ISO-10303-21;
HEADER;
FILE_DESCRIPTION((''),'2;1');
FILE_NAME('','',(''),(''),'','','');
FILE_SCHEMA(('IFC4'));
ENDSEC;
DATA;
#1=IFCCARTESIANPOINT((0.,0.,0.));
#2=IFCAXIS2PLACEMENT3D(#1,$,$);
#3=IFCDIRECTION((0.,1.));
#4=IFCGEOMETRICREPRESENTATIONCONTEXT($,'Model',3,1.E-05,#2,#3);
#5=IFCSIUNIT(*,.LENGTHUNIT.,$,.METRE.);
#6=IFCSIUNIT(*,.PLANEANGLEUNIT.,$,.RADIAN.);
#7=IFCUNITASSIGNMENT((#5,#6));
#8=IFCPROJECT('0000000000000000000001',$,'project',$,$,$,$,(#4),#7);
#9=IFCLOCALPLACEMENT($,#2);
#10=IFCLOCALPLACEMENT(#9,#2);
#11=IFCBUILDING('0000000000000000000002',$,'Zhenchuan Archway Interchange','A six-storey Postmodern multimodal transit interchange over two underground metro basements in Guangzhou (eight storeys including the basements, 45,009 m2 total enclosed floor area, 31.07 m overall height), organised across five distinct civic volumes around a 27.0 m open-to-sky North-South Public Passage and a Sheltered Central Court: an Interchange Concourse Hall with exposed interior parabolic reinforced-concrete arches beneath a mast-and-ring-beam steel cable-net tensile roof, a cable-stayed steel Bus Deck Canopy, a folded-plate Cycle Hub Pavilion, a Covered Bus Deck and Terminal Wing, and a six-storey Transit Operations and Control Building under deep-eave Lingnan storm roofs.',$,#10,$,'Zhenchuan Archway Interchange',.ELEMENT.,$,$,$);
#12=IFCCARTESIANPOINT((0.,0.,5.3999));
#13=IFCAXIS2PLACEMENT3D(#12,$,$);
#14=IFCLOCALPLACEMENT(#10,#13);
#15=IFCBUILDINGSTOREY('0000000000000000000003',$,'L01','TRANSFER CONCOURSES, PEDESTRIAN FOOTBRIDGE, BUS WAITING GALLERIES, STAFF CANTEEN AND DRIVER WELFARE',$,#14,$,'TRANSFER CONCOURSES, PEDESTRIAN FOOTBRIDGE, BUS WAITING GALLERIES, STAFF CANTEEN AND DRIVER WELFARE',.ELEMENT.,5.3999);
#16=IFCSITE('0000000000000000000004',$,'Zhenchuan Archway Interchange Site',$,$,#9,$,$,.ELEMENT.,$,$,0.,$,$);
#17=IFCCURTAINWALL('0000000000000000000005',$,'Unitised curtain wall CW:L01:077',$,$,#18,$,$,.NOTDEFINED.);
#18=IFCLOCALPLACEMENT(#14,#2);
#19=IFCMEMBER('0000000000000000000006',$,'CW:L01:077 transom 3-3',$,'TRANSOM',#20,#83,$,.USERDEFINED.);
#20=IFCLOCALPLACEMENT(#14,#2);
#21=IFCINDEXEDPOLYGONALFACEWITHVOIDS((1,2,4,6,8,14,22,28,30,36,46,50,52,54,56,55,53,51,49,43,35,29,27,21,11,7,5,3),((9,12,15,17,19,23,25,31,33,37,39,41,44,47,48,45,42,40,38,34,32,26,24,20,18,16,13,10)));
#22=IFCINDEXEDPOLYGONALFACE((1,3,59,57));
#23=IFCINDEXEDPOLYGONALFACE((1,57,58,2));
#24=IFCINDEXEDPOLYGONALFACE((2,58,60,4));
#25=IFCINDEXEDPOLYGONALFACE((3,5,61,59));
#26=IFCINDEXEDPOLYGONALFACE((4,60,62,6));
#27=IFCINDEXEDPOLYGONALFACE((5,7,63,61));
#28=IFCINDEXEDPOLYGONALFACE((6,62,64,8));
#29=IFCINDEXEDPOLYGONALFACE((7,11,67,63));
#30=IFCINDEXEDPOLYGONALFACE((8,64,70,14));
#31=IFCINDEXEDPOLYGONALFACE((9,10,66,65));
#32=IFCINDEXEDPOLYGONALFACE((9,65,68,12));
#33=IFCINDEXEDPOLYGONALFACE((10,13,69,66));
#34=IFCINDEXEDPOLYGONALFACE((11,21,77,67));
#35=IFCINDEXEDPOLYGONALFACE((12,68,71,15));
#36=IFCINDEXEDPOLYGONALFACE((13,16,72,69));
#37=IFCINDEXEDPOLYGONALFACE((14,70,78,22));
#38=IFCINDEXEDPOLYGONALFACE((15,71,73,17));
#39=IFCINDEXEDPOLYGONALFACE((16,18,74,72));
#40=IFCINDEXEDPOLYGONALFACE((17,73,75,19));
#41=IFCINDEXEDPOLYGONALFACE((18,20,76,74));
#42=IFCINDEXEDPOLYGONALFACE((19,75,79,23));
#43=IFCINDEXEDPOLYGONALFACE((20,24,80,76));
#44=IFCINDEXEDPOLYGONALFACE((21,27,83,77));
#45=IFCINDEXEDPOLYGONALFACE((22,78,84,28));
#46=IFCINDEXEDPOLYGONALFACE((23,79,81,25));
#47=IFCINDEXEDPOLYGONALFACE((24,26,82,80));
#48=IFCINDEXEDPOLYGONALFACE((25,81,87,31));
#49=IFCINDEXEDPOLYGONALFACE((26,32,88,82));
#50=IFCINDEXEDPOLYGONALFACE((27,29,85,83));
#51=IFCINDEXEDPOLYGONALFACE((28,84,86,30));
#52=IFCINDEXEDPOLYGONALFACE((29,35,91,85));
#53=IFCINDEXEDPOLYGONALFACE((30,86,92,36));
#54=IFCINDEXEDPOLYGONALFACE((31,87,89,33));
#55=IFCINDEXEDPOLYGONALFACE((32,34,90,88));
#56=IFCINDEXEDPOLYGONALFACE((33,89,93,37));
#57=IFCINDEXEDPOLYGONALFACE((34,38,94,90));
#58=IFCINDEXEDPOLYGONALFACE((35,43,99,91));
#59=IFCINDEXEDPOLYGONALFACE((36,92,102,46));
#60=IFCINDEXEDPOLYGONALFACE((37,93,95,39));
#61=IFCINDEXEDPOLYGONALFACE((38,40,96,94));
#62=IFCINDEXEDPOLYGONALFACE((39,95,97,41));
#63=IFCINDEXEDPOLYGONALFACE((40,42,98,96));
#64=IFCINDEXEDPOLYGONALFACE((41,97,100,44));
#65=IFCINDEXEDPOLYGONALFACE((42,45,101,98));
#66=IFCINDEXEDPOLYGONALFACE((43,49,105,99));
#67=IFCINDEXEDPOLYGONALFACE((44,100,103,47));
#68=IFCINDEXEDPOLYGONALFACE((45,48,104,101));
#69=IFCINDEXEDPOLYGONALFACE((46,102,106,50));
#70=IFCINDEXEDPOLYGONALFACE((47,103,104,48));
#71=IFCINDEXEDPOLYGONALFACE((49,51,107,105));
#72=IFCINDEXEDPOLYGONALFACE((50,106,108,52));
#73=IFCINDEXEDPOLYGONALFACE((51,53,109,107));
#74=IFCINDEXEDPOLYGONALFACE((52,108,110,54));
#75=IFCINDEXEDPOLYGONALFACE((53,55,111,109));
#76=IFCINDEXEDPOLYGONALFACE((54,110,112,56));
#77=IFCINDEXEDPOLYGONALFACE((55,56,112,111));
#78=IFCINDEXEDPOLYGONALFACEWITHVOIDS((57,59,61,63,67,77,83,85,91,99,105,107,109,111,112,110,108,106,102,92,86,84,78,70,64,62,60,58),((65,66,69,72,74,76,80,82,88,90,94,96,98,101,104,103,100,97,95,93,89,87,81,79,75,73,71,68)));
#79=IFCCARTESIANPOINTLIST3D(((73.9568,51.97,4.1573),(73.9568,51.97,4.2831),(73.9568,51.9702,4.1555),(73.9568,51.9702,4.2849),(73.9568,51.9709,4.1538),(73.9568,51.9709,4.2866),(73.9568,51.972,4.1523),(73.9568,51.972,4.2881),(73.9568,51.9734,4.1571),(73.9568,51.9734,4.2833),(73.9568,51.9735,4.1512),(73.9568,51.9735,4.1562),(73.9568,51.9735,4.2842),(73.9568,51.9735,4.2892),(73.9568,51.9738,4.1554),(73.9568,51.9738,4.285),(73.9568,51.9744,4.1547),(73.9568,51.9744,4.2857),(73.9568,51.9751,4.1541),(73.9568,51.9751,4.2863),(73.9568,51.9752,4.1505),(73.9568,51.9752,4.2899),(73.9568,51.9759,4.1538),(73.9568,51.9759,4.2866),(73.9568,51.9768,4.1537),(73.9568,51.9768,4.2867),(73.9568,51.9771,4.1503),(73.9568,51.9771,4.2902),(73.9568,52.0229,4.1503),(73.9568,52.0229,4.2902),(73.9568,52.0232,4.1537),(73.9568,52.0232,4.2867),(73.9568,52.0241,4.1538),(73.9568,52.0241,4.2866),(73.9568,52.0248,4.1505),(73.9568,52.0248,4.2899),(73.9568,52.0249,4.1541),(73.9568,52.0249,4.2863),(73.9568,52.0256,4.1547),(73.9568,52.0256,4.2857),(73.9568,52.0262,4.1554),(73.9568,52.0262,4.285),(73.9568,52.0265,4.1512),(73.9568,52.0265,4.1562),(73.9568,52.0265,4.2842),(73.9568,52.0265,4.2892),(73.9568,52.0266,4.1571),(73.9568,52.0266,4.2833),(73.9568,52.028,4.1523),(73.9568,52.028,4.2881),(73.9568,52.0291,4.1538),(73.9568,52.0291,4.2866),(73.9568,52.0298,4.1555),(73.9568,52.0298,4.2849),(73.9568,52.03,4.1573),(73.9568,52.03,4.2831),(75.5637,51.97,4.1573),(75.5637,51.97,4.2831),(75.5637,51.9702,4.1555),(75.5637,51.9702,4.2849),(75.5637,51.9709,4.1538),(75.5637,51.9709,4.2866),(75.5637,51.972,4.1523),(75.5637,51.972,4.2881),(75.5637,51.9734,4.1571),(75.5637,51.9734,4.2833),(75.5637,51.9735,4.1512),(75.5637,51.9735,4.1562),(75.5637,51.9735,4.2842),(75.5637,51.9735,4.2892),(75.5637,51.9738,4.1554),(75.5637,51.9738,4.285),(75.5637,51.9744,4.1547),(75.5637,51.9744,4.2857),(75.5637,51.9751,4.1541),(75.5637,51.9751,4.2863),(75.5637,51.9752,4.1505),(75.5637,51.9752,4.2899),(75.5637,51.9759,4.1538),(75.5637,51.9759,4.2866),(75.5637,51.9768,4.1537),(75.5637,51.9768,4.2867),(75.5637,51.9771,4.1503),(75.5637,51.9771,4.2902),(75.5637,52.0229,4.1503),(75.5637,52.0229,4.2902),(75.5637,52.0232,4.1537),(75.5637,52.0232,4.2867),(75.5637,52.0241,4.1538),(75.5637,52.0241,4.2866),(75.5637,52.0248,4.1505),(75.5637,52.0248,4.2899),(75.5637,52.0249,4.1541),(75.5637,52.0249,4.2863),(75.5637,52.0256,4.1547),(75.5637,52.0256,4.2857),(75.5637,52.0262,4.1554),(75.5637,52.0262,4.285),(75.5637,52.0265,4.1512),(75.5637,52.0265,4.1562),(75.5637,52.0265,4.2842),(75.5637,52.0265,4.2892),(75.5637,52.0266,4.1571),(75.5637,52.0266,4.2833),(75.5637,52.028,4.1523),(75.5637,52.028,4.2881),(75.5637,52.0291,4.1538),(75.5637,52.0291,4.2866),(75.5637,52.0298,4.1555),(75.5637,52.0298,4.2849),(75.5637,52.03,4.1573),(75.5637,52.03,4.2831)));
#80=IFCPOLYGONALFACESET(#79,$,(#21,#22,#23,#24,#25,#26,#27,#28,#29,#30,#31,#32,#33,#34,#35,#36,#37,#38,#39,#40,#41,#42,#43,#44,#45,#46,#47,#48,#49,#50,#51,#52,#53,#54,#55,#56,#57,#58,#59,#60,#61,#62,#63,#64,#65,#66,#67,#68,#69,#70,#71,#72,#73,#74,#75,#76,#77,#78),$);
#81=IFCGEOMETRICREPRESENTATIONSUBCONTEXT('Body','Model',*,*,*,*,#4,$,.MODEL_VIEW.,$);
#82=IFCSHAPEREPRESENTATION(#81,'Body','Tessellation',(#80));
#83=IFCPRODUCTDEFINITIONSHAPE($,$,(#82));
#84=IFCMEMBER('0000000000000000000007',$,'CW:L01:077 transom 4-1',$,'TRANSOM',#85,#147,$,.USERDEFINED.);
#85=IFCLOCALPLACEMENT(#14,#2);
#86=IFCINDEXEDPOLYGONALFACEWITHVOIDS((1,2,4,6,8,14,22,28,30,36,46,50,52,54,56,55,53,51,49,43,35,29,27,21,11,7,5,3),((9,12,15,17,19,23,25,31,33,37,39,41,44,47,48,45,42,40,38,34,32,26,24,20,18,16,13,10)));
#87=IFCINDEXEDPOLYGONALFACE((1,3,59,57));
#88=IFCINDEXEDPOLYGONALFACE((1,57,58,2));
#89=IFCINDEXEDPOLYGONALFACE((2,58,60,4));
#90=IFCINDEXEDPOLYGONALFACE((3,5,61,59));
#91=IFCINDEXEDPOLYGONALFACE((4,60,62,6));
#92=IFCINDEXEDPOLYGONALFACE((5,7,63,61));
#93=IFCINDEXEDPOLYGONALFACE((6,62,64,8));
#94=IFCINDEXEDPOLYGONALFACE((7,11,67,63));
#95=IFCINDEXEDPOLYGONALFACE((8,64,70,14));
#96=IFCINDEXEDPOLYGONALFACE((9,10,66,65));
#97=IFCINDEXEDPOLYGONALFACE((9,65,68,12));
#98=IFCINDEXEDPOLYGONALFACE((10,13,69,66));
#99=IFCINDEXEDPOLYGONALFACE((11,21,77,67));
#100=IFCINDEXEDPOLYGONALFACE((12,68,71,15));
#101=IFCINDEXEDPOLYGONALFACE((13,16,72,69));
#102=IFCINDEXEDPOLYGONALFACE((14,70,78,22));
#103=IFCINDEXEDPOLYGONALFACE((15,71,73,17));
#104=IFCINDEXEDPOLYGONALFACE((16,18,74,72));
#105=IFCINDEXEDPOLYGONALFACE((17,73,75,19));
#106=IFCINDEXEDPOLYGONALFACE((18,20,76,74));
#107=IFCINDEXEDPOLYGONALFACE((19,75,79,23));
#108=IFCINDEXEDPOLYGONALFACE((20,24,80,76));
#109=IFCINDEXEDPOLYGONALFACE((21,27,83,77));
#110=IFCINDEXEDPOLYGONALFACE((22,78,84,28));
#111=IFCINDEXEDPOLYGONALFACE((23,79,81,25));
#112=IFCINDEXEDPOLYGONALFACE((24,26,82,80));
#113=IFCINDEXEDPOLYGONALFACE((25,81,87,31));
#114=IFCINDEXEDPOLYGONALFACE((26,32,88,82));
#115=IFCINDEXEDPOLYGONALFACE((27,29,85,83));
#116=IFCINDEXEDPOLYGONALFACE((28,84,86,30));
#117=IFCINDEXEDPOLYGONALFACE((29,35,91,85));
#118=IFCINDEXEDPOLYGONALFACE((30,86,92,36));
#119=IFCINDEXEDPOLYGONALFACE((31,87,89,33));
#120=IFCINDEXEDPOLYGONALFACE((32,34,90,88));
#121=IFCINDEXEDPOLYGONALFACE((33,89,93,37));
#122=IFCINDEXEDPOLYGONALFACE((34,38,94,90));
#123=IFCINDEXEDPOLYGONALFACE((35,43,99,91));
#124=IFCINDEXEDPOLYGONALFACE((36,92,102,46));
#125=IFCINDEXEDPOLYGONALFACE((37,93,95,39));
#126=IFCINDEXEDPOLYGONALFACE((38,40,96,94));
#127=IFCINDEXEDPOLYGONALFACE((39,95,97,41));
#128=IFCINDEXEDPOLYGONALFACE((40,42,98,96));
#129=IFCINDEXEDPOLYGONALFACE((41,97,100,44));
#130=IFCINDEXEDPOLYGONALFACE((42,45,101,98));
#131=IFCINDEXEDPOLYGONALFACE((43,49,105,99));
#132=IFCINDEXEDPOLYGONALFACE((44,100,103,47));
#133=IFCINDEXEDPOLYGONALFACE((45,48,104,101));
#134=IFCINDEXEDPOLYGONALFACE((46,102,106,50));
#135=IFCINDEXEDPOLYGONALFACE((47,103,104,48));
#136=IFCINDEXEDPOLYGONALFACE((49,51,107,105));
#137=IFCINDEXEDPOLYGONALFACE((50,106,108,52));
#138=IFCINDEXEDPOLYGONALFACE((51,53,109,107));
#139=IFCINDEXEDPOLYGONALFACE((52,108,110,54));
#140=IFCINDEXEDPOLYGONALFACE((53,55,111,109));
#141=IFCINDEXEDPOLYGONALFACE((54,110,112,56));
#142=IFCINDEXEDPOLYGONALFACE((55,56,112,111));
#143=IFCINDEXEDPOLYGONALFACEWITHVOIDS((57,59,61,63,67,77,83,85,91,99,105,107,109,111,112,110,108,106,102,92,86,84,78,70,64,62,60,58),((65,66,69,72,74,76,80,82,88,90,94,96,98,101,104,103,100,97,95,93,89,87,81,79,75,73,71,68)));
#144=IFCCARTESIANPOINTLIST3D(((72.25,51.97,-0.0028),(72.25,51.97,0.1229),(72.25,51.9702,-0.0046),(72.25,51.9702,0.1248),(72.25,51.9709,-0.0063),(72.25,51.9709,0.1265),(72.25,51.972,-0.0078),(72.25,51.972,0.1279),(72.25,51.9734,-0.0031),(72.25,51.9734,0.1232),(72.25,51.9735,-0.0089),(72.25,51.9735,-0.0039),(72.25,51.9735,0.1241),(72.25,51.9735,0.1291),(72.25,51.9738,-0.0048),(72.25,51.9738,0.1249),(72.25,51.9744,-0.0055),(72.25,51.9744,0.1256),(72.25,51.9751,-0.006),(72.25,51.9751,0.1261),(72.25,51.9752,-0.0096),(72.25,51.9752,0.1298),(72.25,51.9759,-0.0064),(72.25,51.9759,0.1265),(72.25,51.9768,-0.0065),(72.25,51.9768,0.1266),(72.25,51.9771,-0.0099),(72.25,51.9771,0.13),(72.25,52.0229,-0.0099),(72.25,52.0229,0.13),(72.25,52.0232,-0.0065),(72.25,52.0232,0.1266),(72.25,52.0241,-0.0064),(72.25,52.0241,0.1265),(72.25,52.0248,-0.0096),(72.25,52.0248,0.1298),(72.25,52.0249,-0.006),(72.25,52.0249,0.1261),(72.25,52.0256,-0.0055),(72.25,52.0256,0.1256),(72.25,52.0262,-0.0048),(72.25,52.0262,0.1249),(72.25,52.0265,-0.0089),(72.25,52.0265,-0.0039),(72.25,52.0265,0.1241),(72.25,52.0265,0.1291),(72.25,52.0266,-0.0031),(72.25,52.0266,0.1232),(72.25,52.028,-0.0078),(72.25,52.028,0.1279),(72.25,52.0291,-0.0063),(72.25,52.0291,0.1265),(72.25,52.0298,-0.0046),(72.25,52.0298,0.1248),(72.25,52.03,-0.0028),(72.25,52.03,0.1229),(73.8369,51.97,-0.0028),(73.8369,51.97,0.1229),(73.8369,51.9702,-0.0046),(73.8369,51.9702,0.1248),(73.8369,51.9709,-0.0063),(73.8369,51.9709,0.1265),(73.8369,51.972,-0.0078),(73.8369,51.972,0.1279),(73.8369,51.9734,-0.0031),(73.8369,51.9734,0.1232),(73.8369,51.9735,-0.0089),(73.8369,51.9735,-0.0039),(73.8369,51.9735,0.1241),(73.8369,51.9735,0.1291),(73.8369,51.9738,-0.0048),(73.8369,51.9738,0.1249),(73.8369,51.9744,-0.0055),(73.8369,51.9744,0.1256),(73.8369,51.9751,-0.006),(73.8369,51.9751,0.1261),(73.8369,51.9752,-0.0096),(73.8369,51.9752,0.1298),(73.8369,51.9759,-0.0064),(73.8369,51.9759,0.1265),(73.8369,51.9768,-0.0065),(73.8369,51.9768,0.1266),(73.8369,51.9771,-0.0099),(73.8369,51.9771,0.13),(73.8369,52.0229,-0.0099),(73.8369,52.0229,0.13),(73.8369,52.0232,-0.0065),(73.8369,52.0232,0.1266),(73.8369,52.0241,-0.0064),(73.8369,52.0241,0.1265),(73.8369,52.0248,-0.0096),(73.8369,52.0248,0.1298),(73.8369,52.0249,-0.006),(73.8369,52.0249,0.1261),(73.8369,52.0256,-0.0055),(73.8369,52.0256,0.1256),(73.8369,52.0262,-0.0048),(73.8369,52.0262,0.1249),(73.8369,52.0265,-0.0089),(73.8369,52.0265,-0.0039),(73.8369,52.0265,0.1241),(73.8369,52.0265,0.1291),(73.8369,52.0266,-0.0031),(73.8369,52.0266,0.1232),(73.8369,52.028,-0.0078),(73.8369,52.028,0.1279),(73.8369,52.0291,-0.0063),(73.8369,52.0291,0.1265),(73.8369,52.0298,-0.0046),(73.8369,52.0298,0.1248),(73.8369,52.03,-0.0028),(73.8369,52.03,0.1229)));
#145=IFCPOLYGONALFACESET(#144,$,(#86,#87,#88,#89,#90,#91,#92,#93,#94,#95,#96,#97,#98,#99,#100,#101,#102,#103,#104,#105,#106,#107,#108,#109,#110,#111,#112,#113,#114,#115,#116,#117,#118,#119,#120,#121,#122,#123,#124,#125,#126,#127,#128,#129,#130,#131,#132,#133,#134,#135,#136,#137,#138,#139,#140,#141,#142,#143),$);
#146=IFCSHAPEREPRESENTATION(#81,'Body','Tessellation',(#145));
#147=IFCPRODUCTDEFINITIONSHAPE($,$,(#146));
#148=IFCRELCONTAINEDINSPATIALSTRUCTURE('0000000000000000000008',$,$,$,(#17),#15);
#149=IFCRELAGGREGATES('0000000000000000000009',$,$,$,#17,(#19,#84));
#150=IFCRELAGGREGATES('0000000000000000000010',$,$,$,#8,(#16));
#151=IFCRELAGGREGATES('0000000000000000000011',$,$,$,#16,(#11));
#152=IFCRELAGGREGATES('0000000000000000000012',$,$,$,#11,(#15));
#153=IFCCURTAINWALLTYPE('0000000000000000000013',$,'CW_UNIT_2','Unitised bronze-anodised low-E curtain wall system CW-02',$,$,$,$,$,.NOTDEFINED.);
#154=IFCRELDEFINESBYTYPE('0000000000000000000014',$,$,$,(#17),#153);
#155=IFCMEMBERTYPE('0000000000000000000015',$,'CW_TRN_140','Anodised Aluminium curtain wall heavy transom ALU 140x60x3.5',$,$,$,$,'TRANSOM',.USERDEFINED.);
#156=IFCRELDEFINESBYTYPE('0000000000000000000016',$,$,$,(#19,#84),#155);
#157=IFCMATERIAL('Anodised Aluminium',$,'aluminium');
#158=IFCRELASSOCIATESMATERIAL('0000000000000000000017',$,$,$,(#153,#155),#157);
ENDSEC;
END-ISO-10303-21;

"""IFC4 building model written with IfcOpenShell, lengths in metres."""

from ifc_helpers import new_model, si_unit, direction, frame, origin, origin_2d, place, context, subcontext, project, spatial, hollow_rectangle, extrude, material, material_profile, profile_set, type_object, element, aggregate, save


model = new_model("IFC4")

# Units and contexts
model_context = context("Model", 3, precision=1e-05, world=origin(), true_north=direction((0.0, 1.0)))
body_context = subcontext(model_context, "Body", "Model", "MODEL_VIEW")
ifc_project = project(units=[si_unit("LENGTHUNIT", "METRE"), si_unit("PLANEANGLEUNIT", "RADIAN")], contexts=[model_context])

# Site, building, storey
site_placement = place(None, origin())
site = spatial("IfcSite", under=ifc_project, at=site_placement, Name="Zhenchuan Archway Interchange Site", CompositionType="ELEMENT", RefElevation=0.0)
building_placement = place(site_placement, origin())
building = spatial("IfcBuilding", under=site, at=building_placement, Name="Zhenchuan Archway Interchange", Description="A six-storey Postmodern multimodal transit interchange over two underground metro basements in Guangzhou (eight storeys including the basements, 45,009 m2 total enclosed floor area, 31.07 m overall height), organised across five distinct civic volumes around a 27.0 m open-to-sky North-South Public Passage and a Sheltered Central Court: an Interchange Concourse Hall with exposed interior parabolic reinforced-concrete arches beneath a mast-and-ring-beam steel cable-net tensile roof, a cable-stayed steel Bus Deck Canopy, a folded-plate Cycle Hub Pavilion, a Covered Bus Deck and Terminal Wing, and a six-storey Transit Operations and Control Building under deep-eave Lingnan storm roofs.", LongName="Zhenchuan Archway Interchange", CompositionType="ELEMENT")
storey_placement = place(building_placement, frame((0.0, 0.0, 5.3999)))
storey = spatial("IfcBuildingStorey", under=building, at=storey_placement, Name="L01", Description="TRANSFER CONCOURSES, PEDESTRIAN FOOTBRIDGE, BUS WAITING GALLERIES, STAFF CANTEEN AND DRIVER WELFARE", LongName="TRANSFER CONCOURSES, PEDESTRIAN FOOTBRIDGE, BUS WAITING GALLERIES, STAFF CANTEEN AND DRIVER WELFARE", CompositionType="ELEMENT", Elevation=5.3999)

# Shared definitions
ifc_material_1 = material(Name="Anodised Aluminium", Category="aluminium")

# Curtain wall, members
curtain_wall_type_1 = type_object("IfcCurtainWallType", Name="CW_UNIT_2", Description="Unitised bronze-anodised low-E curtain wall system CW-02", PredefinedType="NOTDEFINED", material=ifc_material_1)
curtain_wall_1_placement = place(storey_placement, origin())
curtain_wall_1 = element("IfcCurtainWall", 1, at=curtain_wall_1_placement, inside=storey, type_object=curtain_wall_type_1, Name="Unitised curtain wall CW:L01:077", PredefinedType="NOTDEFINED")
ifc_material_profile_1 = material_profile(ifc_material_1, hollow_rectangle(XDim=0.0601, YDim=0.1399, WallThickness=0.0034, InnerFilletRadius=0.0034, OuterFilletRadius=0.0071, at=origin_2d()), Name="ALU 140x60x3.5")
ifc_profile_set_1 = profile_set([ifc_material_profile_1], Name="Anodised Aluminium")
member_type_1 = type_object("IfcMemberType", Name="CW_TRN_140", Description="Anodised Aluminium curtain wall heavy transom ALU 140x60x3.5", ElementType="TRANSOM", PredefinedType="USERDEFINED", material=ifc_profile_set_1)
member_1_placement = place(storey_placement, frame((75.5637, 52.0, 4.2202), z_axis=(-1.0, 0.0, 0.0), x_axis=(0.0, -1.0, 0.0)))
member_1 = element("IfcMember", 2, at=member_1_placement, type_object=member_type_1, Name="CW:L01:077 transom 3-3", ObjectType="TRANSOM", PredefinedType="USERDEFINED", context=body_context, shape_type="SweptSolid", body=[
    extrude(hollow_rectangle(XDim=0.0601, YDim=0.1399, WallThickness=0.0034, InnerFilletRadius=0.0034, OuterFilletRadius=0.0071, at=origin_2d()), origin(), (0.0, 0.0, 1.0), 1.6069),
])
member_2_placement = place(storey_placement, frame((73.8369, 52.0, 0.0601), z_axis=(-1.0, 0.0, 0.0), x_axis=(0.0, -1.0, 0.0)))
member_2 = element("IfcMember", 3, at=member_2_placement, type_object=member_type_1, Name="CW:L01:077 transom 4-1", ObjectType="TRANSOM", PredefinedType="USERDEFINED", context=body_context, shape_type="SweptSolid", body=[
    extrude(hollow_rectangle(XDim=0.0601, YDim=0.1399, WallThickness=0.0034, InnerFilletRadius=0.0034, OuterFilletRadius=0.0071, at=origin_2d()), origin(), (0.0, 0.0, 1.0), 1.5869),
])
aggregate(curtain_wall_1, [member_1, member_2])

save(model, "model.ifc")
